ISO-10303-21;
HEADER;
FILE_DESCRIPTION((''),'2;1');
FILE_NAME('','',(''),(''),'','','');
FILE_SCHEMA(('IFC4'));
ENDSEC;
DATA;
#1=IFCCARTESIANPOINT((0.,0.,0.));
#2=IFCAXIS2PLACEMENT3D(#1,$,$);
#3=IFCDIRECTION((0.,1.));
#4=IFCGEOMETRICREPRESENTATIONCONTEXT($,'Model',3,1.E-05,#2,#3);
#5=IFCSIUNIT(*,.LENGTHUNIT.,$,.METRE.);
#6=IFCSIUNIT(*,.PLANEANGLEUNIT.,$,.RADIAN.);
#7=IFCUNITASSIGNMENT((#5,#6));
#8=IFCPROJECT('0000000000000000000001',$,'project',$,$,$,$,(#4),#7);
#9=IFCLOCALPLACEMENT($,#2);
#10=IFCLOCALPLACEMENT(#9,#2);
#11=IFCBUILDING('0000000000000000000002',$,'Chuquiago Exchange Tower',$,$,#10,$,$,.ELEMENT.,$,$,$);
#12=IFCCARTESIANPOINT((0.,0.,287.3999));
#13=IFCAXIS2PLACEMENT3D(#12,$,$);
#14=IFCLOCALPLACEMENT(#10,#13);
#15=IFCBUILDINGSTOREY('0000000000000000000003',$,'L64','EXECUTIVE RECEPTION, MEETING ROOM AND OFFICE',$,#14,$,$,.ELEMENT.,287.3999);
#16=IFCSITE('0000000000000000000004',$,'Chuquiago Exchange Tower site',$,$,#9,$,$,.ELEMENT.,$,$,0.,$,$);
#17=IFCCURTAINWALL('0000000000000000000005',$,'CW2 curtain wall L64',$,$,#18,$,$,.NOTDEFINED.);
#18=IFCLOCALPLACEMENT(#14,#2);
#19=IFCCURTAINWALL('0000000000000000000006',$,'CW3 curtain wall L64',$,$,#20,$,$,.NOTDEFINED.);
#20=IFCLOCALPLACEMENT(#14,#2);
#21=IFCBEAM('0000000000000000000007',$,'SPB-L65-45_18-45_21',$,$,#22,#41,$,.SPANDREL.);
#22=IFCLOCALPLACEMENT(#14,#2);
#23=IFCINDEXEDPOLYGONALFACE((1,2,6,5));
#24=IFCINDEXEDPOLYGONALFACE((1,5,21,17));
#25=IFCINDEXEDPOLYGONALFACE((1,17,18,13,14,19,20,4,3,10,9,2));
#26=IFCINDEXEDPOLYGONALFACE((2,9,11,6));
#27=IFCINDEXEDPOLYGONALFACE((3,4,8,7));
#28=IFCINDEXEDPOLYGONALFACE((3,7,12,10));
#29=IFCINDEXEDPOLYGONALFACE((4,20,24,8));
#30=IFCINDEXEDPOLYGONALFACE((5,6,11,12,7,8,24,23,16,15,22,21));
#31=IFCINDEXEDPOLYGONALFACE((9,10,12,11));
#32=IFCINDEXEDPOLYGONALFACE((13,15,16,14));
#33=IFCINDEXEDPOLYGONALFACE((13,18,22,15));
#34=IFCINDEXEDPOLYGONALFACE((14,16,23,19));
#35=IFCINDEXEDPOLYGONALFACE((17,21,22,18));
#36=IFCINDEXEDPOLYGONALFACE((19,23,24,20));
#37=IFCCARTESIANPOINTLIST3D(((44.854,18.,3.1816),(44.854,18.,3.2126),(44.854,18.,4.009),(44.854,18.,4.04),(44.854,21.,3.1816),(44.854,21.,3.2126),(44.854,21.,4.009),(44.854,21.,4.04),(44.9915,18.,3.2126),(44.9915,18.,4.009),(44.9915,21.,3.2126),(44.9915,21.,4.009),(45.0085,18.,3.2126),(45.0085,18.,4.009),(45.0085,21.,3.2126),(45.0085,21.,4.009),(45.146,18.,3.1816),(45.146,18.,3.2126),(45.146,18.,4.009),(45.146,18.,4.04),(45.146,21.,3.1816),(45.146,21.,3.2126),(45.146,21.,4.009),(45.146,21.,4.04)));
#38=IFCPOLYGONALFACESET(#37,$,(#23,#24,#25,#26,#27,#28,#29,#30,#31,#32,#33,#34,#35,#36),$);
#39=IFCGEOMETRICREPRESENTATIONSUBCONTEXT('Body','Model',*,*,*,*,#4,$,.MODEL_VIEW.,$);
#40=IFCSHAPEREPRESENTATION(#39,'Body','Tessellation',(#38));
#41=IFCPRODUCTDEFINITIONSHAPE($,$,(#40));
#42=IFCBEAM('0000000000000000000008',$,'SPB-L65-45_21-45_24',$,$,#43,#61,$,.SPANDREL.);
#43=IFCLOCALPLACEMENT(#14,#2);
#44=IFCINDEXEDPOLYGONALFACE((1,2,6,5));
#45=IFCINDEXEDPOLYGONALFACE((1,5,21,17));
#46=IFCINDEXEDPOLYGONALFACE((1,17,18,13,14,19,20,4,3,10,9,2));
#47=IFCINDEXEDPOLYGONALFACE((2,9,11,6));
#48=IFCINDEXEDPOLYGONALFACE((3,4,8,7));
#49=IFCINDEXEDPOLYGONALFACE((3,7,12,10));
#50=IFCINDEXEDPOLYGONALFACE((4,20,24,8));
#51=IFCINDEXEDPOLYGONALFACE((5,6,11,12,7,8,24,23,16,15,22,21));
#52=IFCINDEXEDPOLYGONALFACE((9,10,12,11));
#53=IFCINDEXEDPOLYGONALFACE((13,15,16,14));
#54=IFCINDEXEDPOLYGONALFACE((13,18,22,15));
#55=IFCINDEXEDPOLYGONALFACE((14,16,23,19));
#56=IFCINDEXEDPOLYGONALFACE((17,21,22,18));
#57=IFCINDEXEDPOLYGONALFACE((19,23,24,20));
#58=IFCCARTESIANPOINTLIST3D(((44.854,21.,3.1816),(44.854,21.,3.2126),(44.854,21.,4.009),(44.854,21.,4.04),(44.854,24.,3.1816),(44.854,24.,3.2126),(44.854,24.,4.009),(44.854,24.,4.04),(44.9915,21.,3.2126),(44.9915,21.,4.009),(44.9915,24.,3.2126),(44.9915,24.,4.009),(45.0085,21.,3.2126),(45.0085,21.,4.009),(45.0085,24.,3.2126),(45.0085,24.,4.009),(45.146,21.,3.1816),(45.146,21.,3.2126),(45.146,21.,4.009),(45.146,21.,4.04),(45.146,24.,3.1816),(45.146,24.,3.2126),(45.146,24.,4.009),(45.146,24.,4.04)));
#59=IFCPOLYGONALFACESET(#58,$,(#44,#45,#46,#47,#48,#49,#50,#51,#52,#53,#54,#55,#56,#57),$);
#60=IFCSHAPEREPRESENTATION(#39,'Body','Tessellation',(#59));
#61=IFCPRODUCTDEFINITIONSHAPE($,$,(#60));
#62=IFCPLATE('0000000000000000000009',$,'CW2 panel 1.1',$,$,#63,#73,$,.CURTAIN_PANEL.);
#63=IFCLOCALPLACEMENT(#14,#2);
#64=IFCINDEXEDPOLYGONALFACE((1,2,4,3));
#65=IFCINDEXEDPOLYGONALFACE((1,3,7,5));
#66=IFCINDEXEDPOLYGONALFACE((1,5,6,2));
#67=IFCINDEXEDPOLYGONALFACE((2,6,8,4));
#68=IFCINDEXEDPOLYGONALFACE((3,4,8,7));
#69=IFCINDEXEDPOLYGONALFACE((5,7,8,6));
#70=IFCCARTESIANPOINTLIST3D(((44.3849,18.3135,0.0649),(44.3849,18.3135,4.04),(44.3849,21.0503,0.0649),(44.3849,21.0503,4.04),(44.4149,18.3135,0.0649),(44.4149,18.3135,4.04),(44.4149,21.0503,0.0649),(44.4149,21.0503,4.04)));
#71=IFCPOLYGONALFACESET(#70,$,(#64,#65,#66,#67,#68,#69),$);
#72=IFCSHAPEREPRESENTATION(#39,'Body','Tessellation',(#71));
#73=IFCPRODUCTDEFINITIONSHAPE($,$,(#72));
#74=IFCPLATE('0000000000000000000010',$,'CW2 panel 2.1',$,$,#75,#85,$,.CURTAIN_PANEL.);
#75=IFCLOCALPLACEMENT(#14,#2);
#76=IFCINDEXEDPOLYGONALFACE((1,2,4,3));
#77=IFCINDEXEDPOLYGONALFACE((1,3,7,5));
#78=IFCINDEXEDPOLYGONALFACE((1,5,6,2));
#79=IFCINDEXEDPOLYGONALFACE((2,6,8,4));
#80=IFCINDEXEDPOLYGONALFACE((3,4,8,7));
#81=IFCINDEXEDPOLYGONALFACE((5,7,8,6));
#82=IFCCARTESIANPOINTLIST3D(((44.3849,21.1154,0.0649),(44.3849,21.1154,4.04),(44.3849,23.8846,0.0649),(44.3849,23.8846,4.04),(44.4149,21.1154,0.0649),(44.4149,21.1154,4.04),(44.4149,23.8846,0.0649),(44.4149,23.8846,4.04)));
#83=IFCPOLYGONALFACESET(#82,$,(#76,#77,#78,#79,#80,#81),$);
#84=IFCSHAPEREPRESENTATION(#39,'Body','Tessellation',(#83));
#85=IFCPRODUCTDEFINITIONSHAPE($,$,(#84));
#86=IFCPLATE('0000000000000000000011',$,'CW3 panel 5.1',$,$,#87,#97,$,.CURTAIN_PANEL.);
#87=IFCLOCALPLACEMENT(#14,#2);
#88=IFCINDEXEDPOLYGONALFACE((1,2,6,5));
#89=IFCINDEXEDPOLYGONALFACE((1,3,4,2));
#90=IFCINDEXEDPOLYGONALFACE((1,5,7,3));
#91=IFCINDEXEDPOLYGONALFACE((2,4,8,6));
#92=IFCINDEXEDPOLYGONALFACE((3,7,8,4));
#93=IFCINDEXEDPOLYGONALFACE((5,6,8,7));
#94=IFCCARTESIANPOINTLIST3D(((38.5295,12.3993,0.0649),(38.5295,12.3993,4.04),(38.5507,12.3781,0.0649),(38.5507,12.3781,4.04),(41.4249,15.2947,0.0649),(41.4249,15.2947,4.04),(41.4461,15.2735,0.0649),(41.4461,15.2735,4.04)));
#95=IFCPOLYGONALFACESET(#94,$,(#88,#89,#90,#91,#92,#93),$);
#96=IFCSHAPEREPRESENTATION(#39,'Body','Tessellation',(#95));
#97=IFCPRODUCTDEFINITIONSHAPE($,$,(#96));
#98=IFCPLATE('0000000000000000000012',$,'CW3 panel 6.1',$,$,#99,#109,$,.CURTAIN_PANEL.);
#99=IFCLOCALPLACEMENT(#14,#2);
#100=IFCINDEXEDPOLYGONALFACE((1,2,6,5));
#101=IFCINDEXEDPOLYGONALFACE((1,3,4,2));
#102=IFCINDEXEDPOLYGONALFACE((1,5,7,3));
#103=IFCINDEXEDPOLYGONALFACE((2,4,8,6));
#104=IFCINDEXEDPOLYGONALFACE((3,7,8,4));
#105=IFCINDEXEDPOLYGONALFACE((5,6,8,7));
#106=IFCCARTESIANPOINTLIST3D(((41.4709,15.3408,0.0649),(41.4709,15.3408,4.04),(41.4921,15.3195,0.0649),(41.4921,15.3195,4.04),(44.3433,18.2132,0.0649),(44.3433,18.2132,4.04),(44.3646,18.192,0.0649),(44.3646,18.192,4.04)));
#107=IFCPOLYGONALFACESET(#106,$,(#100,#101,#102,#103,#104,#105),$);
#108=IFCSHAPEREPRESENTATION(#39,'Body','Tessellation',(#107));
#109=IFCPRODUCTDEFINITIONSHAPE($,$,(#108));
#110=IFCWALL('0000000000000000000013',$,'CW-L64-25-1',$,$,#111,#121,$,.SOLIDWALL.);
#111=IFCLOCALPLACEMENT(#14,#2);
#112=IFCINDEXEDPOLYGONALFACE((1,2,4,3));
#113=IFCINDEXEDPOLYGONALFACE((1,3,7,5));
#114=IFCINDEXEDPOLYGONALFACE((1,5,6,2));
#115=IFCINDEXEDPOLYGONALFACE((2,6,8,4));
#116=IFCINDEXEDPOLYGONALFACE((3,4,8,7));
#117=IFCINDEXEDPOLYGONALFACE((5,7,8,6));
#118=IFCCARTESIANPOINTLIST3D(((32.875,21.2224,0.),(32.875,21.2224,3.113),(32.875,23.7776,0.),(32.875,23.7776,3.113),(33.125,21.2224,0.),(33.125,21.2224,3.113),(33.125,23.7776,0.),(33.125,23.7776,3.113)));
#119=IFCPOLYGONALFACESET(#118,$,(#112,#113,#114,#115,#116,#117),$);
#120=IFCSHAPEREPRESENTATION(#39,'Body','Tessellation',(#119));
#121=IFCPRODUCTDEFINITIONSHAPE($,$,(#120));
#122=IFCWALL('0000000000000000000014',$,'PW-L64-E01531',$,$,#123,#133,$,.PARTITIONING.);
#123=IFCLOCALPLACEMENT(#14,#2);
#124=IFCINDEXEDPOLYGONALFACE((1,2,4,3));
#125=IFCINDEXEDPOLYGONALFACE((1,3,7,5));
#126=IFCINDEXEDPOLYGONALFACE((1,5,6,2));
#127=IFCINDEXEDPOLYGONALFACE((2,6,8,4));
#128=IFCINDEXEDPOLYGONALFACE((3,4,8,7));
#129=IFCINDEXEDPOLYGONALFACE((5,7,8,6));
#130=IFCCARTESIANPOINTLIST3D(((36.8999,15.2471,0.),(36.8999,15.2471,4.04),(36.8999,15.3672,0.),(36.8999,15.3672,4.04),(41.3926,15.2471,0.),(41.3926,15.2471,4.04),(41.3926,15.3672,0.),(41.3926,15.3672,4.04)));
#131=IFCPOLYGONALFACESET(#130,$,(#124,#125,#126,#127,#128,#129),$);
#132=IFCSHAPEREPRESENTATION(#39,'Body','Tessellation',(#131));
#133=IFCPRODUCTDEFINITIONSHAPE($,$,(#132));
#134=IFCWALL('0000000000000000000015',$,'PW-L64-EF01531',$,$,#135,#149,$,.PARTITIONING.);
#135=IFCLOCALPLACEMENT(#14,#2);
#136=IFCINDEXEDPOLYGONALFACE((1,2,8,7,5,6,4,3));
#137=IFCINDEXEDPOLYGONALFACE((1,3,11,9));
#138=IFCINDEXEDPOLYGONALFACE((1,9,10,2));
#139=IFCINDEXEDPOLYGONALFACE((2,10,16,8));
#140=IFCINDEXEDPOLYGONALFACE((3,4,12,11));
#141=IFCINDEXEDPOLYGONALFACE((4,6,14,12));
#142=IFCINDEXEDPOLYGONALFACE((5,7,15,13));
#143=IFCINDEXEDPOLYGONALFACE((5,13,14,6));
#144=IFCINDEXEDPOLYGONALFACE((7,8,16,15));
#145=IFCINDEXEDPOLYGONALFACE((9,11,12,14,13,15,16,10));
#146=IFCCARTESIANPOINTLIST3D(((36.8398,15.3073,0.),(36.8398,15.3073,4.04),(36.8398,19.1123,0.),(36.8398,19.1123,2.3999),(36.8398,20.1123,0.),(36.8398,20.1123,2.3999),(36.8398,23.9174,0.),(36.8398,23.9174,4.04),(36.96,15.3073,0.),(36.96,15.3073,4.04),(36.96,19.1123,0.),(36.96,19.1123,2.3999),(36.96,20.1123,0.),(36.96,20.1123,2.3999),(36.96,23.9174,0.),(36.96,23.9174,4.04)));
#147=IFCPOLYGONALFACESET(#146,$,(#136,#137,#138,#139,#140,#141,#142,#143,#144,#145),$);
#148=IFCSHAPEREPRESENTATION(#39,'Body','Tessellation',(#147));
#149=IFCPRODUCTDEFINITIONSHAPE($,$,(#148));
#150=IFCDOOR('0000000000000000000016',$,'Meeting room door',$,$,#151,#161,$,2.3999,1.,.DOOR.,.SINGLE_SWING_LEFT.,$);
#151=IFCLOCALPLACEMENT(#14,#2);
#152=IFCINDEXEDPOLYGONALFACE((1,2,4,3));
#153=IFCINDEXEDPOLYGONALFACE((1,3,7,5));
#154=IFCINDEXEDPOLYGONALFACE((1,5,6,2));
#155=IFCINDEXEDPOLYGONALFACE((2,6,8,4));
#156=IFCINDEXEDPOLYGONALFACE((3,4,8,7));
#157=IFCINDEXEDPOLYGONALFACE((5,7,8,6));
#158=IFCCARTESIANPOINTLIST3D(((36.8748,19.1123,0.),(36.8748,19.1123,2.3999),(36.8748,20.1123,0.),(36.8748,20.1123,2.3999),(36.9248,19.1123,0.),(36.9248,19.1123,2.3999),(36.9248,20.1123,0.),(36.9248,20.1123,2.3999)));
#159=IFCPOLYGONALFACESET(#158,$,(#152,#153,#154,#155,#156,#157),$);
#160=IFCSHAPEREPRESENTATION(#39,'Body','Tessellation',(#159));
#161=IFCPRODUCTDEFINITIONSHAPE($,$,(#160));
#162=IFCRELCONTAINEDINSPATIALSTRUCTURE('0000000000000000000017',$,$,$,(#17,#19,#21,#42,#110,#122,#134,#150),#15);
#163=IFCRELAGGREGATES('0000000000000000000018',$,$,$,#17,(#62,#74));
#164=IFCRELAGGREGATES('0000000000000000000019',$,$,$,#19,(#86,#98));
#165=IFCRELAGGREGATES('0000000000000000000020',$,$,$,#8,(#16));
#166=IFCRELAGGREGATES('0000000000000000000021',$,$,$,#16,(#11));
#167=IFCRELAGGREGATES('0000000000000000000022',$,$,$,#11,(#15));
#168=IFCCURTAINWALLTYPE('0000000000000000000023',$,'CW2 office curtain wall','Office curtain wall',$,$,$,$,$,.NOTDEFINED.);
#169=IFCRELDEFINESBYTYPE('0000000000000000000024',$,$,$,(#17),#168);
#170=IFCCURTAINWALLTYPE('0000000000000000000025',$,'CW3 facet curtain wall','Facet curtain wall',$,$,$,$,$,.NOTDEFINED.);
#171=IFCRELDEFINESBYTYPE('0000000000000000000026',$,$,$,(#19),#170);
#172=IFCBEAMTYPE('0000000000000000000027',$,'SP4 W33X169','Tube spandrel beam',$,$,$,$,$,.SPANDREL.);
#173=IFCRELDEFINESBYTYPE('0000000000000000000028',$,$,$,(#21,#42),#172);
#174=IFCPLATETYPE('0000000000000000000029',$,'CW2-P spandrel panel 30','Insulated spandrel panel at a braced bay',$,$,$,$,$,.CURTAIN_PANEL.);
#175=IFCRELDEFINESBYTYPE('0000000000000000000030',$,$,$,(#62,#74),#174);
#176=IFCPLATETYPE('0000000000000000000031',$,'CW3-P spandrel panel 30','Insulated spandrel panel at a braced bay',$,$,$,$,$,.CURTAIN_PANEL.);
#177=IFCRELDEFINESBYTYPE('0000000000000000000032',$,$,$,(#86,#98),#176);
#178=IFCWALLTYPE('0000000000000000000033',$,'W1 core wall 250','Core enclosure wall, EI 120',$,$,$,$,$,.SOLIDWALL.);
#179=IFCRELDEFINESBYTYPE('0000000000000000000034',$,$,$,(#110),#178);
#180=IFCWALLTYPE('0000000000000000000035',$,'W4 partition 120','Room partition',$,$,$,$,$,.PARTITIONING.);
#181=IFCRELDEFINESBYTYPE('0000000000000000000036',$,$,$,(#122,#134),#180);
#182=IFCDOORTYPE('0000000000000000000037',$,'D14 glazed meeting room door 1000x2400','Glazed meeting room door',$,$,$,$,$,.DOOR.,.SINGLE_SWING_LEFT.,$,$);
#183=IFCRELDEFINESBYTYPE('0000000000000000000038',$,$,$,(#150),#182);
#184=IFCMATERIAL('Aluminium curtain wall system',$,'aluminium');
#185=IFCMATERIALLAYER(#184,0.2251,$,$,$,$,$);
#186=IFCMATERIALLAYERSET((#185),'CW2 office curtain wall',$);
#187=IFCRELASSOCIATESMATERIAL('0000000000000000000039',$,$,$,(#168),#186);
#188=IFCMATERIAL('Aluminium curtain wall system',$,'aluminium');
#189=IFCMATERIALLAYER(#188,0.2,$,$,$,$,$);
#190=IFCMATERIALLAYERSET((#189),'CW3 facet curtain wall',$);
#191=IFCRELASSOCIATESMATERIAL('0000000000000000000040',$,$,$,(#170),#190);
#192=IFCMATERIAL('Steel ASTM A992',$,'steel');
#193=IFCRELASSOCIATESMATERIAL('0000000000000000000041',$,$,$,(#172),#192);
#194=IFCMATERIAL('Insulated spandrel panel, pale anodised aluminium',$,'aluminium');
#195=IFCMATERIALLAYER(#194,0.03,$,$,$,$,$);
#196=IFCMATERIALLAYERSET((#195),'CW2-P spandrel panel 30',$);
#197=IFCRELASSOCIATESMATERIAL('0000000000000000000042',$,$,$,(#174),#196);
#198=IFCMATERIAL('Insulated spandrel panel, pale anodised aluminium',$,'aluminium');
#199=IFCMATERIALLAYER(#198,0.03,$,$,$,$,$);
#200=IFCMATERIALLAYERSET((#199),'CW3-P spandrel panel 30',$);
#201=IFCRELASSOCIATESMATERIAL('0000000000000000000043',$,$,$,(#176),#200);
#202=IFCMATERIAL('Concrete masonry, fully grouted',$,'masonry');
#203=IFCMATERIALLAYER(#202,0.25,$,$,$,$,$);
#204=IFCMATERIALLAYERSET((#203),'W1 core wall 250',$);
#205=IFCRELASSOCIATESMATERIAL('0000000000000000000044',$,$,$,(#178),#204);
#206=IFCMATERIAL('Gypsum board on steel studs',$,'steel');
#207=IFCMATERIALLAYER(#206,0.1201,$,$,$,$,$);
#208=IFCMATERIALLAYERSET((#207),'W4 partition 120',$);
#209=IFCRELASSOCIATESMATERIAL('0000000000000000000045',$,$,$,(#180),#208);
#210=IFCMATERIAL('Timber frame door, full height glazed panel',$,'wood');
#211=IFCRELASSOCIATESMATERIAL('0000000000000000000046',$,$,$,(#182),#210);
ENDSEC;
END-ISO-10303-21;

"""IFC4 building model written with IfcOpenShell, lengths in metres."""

from ifc_helpers import new_model, si_unit, direction, frame, frame_2d, origin, origin_2d, place, context, subcontext, project, spatial, rectangle, i_section, extrude, material, layer, layer_set, material_profile, profile_set, type_object, element, fill, aggregate, save


model = new_model("IFC4")

# Units and contexts
model_context = context("Model", 3, precision=1e-05, world=origin(), true_north=direction((0.0, 1.0)))
body_context = subcontext(model_context, "Body", "Model", "MODEL_VIEW")
ifc_project = project(units=[si_unit("LENGTHUNIT", "METRE"), si_unit("PLANEANGLEUNIT", "RADIAN")], contexts=[model_context])

# Site, building, storey
site_placement = place(None, origin())
site = spatial("IfcSite", under=ifc_project, at=site_placement, Name="Chuquiago Exchange Tower site", CompositionType="ELEMENT", RefElevation=0.0)
building_placement = place(site_placement, origin())
building = spatial("IfcBuilding", under=site, at=building_placement, Name="Chuquiago Exchange Tower", CompositionType="ELEMENT")
storey_placement = place(building_placement, frame((0.0, 0.0, 287.3999)))
storey = spatial("IfcBuildingStorey", under=building, at=storey_placement, Name="L64", Description="EXECUTIVE RECEPTION, MEETING ROOM AND OFFICE", CompositionType="ELEMENT", Elevation=287.3999)

# Curtain walls
ifc_material_1 = material(Name="Aluminium curtain wall system", Category="aluminium")
ifc_layer_1 = layer(ifc_material_1, 0.2251)
ifc_layer_set_1 = layer_set([ifc_layer_1], Name="CW2 office curtain wall")
curtain_wall_type_1 = type_object("IfcCurtainWallType", Name="CW2 office curtain wall", Description="Office curtain wall", PredefinedType="NOTDEFINED", material=ifc_layer_set_1)
curtain_wall_1_placement = place(storey_placement, origin())
curtain_wall_1 = element("IfcCurtainWall", 1, at=curtain_wall_1_placement, inside=storey, type_object=curtain_wall_type_1, Name="CW2 curtain wall L64", PredefinedType="NOTDEFINED")
ifc_material_2 = material(Name="Aluminium curtain wall system", Category="aluminium")
ifc_layer_2 = layer(ifc_material_2, 0.2)
ifc_layer_set_2 = layer_set([ifc_layer_2], Name="CW3 facet curtain wall")
curtain_wall_type_2 = type_object("IfcCurtainWallType", Name="CW3 facet curtain wall", Description="Facet curtain wall", PredefinedType="NOTDEFINED", material=ifc_layer_set_2)
curtain_wall_2_placement = place(storey_placement, origin())
curtain_wall_2 = element("IfcCurtainWall", 2, at=curtain_wall_2_placement, inside=storey, type_object=curtain_wall_type_2, Name="CW3 curtain wall L64", PredefinedType="NOTDEFINED")

# Beams
ifc_material_3 = material(Name="Steel ASTM A992", Category="steel")
ifc_material_profile_1 = material_profile(ifc_material_3, i_section(OverallWidth=0.292, OverallDepth=0.8584, WebThickness=0.0171, FlangeThickness=0.031, at=origin_2d()), Name="W33X169")
ifc_profile_set_1 = profile_set([ifc_material_profile_1], Name="Steel ASTM A992")
beam_type_1 = type_object("IfcBeamType", Name="SP4 W33X169", Description="Tube spandrel beam", PredefinedType="SPANDREL", material=ifc_profile_set_1)
for number, where, z_axis, x_axis, name in (
    (3, (45.0, 18.0, 3.6108), (0.0, 1.0, 0.0), (-1.0, 0.0, 0.0), "SPB-L65-45_18-45_21"),
    (4, (45.0, 21.0, 3.6108), (0.0, 1.0, 0.0), (-1.0, 0.0, 0.0), "SPB-L65-45_21-45_24"),
):
    element("IfcBeam", number, at=place(storey_placement, frame(where, z_axis=z_axis, x_axis=x_axis)), inside=storey, type_object=beam_type_1, Name=name, PredefinedType="SPANDREL", context=body_context, shape_type="SweptSolid", body=[
        extrude(i_section(OverallWidth=0.292, OverallDepth=0.8584, WebThickness=0.0171, FlangeThickness=0.031, at=origin_2d()), origin(), (0.0, 0.0, 1.0), 3.0),
    ])

# Plates
ifc_material_4 = material(Name="Insulated spandrel panel, pale anodised aluminium", Category="aluminium")
ifc_layer_3 = layer(ifc_material_4, 0.03)
ifc_layer_set_3 = layer_set([ifc_layer_3], Name="CW2-P spandrel panel 30")
plate_type_1 = type_object("IfcPlateType", Name="CW2-P spandrel panel 30", Description="Insulated spandrel panel at a braced bay", PredefinedType="CURTAIN_PANEL", material=ifc_layer_set_3)
plate_1_placement = place(storey_placement, frame((44.3999, 19.6819, 0.0649), z_axis=(0.0, 0.0, 1.0), x_axis=(0.0, 1.0, 0.0)))
plate_1 = element("IfcPlate", 5, at=plate_1_placement, type_object=plate_type_1, Name="CW2 panel 1.1", PredefinedType="CURTAIN_PANEL", context=body_context, shape_type="SweptSolid", body=[
    extrude(rectangle(XDim=2.7368, YDim=0.03, at=origin_2d()), origin(), (0.0, 0.0, 1.0), 3.9751),
])
plate_2_placement = place(storey_placement, frame((44.3999, 22.5, 0.0649), z_axis=(0.0, 0.0, 1.0), x_axis=(0.0, 1.0, 0.0)))
plate_2 = element("IfcPlate", 6, at=plate_2_placement, type_object=plate_type_1, Name="CW2 panel 2.1", PredefinedType="CURTAIN_PANEL", context=body_context, shape_type="SweptSolid", body=[
    extrude(rectangle(XDim=2.7693, YDim=0.03, at=origin_2d()), origin(), (0.0, 0.0, 1.0), 3.9751),
])
aggregate(curtain_wall_1, [plate_1, plate_2])
ifc_material_5 = material(Name="Insulated spandrel panel, pale anodised aluminium", Category="aluminium")
ifc_layer_4 = layer(ifc_material_5, 0.03)
ifc_layer_set_4 = layer_set([ifc_layer_4], Name="CW3-P spandrel panel 30")
plate_type_2 = type_object("IfcPlateType", Name="CW3-P spandrel panel 30", Description="Insulated spandrel panel at a braced bay", PredefinedType="CURTAIN_PANEL", material=ifc_layer_set_4)
plate_3_placement = place(storey_placement, frame((39.9878, 13.8364, 0.0649), z_axis=(0.0, 0.0, 1.0), x_axis=(0.707107, 0.707107, 0.0)))
plate_3 = element("IfcPlate", 7, at=plate_3_placement, type_object=plate_type_2, Name="CW3 panel 5.1", PredefinedType="CURTAIN_PANEL", context=body_context, shape_type="SweptSolid", body=[
    extrude(rectangle(XDim=4.0947, YDim=0.03, at=origin_2d()), origin(), (0.0, 0.0, 1.0), 3.9751),
])
plate_4_placement = place(storey_placement, frame((42.9177, 16.7664, 0.0649), z_axis=(0.0, 0.0, 1.0), x_axis=(0.707107, 0.707107, 0.0)))
plate_4 = element("IfcPlate", 8, at=plate_4_placement, type_object=plate_type_2, Name="CW3 panel 6.1", PredefinedType="CURTAIN_PANEL", context=body_context, shape_type="SweptSolid", body=[
    extrude(rectangle(XDim=4.0623, YDim=0.03, at=origin_2d()), origin(), (0.0, 0.0, 1.0), 3.9751),
])
aggregate(curtain_wall_2, [plate_3, plate_4])

# Walls
ifc_material_6 = material(Name="Concrete masonry, fully grouted", Category="masonry")
ifc_layer_5 = layer(ifc_material_6, 0.25)
ifc_layer_set_5 = layer_set([ifc_layer_5], Name="W1 core wall 250")
wall_type_1 = type_object("IfcWallType", Name="W1 core wall 250", Description="Core enclosure wall, EI 120", PredefinedType="SOLIDWALL", material=ifc_layer_set_5)
wall_1_placement = place(storey_placement, frame((33.0, 21.2224, 0.0), z_axis=(0.0, 0.0, 1.0), x_axis=(0.0, 1.0, 0.0)))
element("IfcWall", 9, at=wall_1_placement, inside=storey, type_object=wall_type_1, Name="CW-L64-25-1", PredefinedType="SOLIDWALL", context=body_context, shape_type="SweptSolid", body=[
    extrude(rectangle(XDim=2.5552, YDim=0.25, at=frame_2d((1.2776, 0.0))), origin(), (0.0, 0.0, 1.0), 3.113),
])
ifc_material_7 = material(Name="Gypsum board on steel studs", Category="steel")
ifc_layer_6 = layer(ifc_material_7, 0.1201)
ifc_layer_set_6 = layer_set([ifc_layer_6], Name="W4 partition 120")
wall_type_2 = type_object("IfcWallType", Name="W4 partition 120", Description="Room partition", PredefinedType="PARTITIONING", material=ifc_layer_set_6)
wall_2_placement = place(storey_placement, frame((41.3926, 15.3071, 0.0), z_axis=(0.0, 0.0, 1.0), x_axis=(-1.0, 0.0, 0.0)))
element("IfcWall", 10, at=wall_2_placement, inside=storey, type_object=wall_type_2, Name="PW-L64-E01531", PredefinedType="PARTITIONING", context=body_context, shape_type="SweptSolid", body=[
    extrude(rectangle(XDim=4.4927, YDim=0.1201, at=frame_2d((2.2463, 0.0))), origin(), (0.0, 0.0, 1.0), 4.04),
])

# Wall, opening, door
wall_3_placement = place(storey_placement, frame((36.8999, 15.3071, 0.0), z_axis=(0.0, 0.0, 1.0), x_axis=(0.0, 1.0, 0.0)))
wall_3 = element("IfcWall", 11, at=wall_3_placement, inside=storey, type_object=wall_type_2, Name="PW-L64-EF01531", PredefinedType="PARTITIONING", context=body_context, shape_type="SweptSolid", body=[
    extrude(rectangle(XDim=8.6101, YDim=0.1201, at=frame_2d((4.3052, 0.0))), origin(), (0.0, 0.0, 1.0), 4.04),
])
opening_1_placement = place(wall_3_placement, frame((3.8052, 0.0, 0.0)))
opening_1 = element("IfcOpeningElement", 12, at=opening_1_placement, cuts=wall_3, PredefinedType="OPENING", context=body_context, shape_type="SweptSolid", body=[
    extrude(rectangle(XDim=1.0, YDim=2.3999, at=frame_2d((0.5, 1.2))), frame((0.0, 0.0701, 0.0), z_axis=(0.0, -1.0, 0.0), x_axis=(1.0, 0.0, 0.0)), (0.0, 0.0, 1.0), 0.1401),
])
ifc_material_8 = material(Name="Timber frame door, full height glazed panel", Category="wood")
door_type_1 = type_object("IfcDoorType", Name="D14 glazed meeting room door 1000x2400", Description="Glazed meeting room door", OperationType="SINGLE_SWING_LEFT", PredefinedType="DOOR", material=ifc_material_8)
door_1_placement = place(opening_1_placement, frame((1.0, 0.0, 0.0), z_axis=(0.0, 0.0, 1.0), x_axis=(-1.0, 0.0, 0.0)))
door_1 = element("IfcDoor", 13, at=door_1_placement, inside=storey, type_object=door_type_1, Name="Meeting room door", OperationType="SINGLE_SWING_LEFT", OverallHeight=2.3999, OverallWidth=1.0, PredefinedType="DOOR", context=body_context, shape_type="SweptSolid", body=[
    extrude(rectangle(XDim=1.0, YDim=2.3999, at=frame_2d((0.5, 1.2))), frame((0.0, 0.0249, 0.0), z_axis=(0.0, -1.0, 0.0), x_axis=(1.0, 0.0, 0.0)), (0.0, 0.0, 1.0), 0.05),
])
fill(opening_1, door_1)

save(model, "model.ifc")
